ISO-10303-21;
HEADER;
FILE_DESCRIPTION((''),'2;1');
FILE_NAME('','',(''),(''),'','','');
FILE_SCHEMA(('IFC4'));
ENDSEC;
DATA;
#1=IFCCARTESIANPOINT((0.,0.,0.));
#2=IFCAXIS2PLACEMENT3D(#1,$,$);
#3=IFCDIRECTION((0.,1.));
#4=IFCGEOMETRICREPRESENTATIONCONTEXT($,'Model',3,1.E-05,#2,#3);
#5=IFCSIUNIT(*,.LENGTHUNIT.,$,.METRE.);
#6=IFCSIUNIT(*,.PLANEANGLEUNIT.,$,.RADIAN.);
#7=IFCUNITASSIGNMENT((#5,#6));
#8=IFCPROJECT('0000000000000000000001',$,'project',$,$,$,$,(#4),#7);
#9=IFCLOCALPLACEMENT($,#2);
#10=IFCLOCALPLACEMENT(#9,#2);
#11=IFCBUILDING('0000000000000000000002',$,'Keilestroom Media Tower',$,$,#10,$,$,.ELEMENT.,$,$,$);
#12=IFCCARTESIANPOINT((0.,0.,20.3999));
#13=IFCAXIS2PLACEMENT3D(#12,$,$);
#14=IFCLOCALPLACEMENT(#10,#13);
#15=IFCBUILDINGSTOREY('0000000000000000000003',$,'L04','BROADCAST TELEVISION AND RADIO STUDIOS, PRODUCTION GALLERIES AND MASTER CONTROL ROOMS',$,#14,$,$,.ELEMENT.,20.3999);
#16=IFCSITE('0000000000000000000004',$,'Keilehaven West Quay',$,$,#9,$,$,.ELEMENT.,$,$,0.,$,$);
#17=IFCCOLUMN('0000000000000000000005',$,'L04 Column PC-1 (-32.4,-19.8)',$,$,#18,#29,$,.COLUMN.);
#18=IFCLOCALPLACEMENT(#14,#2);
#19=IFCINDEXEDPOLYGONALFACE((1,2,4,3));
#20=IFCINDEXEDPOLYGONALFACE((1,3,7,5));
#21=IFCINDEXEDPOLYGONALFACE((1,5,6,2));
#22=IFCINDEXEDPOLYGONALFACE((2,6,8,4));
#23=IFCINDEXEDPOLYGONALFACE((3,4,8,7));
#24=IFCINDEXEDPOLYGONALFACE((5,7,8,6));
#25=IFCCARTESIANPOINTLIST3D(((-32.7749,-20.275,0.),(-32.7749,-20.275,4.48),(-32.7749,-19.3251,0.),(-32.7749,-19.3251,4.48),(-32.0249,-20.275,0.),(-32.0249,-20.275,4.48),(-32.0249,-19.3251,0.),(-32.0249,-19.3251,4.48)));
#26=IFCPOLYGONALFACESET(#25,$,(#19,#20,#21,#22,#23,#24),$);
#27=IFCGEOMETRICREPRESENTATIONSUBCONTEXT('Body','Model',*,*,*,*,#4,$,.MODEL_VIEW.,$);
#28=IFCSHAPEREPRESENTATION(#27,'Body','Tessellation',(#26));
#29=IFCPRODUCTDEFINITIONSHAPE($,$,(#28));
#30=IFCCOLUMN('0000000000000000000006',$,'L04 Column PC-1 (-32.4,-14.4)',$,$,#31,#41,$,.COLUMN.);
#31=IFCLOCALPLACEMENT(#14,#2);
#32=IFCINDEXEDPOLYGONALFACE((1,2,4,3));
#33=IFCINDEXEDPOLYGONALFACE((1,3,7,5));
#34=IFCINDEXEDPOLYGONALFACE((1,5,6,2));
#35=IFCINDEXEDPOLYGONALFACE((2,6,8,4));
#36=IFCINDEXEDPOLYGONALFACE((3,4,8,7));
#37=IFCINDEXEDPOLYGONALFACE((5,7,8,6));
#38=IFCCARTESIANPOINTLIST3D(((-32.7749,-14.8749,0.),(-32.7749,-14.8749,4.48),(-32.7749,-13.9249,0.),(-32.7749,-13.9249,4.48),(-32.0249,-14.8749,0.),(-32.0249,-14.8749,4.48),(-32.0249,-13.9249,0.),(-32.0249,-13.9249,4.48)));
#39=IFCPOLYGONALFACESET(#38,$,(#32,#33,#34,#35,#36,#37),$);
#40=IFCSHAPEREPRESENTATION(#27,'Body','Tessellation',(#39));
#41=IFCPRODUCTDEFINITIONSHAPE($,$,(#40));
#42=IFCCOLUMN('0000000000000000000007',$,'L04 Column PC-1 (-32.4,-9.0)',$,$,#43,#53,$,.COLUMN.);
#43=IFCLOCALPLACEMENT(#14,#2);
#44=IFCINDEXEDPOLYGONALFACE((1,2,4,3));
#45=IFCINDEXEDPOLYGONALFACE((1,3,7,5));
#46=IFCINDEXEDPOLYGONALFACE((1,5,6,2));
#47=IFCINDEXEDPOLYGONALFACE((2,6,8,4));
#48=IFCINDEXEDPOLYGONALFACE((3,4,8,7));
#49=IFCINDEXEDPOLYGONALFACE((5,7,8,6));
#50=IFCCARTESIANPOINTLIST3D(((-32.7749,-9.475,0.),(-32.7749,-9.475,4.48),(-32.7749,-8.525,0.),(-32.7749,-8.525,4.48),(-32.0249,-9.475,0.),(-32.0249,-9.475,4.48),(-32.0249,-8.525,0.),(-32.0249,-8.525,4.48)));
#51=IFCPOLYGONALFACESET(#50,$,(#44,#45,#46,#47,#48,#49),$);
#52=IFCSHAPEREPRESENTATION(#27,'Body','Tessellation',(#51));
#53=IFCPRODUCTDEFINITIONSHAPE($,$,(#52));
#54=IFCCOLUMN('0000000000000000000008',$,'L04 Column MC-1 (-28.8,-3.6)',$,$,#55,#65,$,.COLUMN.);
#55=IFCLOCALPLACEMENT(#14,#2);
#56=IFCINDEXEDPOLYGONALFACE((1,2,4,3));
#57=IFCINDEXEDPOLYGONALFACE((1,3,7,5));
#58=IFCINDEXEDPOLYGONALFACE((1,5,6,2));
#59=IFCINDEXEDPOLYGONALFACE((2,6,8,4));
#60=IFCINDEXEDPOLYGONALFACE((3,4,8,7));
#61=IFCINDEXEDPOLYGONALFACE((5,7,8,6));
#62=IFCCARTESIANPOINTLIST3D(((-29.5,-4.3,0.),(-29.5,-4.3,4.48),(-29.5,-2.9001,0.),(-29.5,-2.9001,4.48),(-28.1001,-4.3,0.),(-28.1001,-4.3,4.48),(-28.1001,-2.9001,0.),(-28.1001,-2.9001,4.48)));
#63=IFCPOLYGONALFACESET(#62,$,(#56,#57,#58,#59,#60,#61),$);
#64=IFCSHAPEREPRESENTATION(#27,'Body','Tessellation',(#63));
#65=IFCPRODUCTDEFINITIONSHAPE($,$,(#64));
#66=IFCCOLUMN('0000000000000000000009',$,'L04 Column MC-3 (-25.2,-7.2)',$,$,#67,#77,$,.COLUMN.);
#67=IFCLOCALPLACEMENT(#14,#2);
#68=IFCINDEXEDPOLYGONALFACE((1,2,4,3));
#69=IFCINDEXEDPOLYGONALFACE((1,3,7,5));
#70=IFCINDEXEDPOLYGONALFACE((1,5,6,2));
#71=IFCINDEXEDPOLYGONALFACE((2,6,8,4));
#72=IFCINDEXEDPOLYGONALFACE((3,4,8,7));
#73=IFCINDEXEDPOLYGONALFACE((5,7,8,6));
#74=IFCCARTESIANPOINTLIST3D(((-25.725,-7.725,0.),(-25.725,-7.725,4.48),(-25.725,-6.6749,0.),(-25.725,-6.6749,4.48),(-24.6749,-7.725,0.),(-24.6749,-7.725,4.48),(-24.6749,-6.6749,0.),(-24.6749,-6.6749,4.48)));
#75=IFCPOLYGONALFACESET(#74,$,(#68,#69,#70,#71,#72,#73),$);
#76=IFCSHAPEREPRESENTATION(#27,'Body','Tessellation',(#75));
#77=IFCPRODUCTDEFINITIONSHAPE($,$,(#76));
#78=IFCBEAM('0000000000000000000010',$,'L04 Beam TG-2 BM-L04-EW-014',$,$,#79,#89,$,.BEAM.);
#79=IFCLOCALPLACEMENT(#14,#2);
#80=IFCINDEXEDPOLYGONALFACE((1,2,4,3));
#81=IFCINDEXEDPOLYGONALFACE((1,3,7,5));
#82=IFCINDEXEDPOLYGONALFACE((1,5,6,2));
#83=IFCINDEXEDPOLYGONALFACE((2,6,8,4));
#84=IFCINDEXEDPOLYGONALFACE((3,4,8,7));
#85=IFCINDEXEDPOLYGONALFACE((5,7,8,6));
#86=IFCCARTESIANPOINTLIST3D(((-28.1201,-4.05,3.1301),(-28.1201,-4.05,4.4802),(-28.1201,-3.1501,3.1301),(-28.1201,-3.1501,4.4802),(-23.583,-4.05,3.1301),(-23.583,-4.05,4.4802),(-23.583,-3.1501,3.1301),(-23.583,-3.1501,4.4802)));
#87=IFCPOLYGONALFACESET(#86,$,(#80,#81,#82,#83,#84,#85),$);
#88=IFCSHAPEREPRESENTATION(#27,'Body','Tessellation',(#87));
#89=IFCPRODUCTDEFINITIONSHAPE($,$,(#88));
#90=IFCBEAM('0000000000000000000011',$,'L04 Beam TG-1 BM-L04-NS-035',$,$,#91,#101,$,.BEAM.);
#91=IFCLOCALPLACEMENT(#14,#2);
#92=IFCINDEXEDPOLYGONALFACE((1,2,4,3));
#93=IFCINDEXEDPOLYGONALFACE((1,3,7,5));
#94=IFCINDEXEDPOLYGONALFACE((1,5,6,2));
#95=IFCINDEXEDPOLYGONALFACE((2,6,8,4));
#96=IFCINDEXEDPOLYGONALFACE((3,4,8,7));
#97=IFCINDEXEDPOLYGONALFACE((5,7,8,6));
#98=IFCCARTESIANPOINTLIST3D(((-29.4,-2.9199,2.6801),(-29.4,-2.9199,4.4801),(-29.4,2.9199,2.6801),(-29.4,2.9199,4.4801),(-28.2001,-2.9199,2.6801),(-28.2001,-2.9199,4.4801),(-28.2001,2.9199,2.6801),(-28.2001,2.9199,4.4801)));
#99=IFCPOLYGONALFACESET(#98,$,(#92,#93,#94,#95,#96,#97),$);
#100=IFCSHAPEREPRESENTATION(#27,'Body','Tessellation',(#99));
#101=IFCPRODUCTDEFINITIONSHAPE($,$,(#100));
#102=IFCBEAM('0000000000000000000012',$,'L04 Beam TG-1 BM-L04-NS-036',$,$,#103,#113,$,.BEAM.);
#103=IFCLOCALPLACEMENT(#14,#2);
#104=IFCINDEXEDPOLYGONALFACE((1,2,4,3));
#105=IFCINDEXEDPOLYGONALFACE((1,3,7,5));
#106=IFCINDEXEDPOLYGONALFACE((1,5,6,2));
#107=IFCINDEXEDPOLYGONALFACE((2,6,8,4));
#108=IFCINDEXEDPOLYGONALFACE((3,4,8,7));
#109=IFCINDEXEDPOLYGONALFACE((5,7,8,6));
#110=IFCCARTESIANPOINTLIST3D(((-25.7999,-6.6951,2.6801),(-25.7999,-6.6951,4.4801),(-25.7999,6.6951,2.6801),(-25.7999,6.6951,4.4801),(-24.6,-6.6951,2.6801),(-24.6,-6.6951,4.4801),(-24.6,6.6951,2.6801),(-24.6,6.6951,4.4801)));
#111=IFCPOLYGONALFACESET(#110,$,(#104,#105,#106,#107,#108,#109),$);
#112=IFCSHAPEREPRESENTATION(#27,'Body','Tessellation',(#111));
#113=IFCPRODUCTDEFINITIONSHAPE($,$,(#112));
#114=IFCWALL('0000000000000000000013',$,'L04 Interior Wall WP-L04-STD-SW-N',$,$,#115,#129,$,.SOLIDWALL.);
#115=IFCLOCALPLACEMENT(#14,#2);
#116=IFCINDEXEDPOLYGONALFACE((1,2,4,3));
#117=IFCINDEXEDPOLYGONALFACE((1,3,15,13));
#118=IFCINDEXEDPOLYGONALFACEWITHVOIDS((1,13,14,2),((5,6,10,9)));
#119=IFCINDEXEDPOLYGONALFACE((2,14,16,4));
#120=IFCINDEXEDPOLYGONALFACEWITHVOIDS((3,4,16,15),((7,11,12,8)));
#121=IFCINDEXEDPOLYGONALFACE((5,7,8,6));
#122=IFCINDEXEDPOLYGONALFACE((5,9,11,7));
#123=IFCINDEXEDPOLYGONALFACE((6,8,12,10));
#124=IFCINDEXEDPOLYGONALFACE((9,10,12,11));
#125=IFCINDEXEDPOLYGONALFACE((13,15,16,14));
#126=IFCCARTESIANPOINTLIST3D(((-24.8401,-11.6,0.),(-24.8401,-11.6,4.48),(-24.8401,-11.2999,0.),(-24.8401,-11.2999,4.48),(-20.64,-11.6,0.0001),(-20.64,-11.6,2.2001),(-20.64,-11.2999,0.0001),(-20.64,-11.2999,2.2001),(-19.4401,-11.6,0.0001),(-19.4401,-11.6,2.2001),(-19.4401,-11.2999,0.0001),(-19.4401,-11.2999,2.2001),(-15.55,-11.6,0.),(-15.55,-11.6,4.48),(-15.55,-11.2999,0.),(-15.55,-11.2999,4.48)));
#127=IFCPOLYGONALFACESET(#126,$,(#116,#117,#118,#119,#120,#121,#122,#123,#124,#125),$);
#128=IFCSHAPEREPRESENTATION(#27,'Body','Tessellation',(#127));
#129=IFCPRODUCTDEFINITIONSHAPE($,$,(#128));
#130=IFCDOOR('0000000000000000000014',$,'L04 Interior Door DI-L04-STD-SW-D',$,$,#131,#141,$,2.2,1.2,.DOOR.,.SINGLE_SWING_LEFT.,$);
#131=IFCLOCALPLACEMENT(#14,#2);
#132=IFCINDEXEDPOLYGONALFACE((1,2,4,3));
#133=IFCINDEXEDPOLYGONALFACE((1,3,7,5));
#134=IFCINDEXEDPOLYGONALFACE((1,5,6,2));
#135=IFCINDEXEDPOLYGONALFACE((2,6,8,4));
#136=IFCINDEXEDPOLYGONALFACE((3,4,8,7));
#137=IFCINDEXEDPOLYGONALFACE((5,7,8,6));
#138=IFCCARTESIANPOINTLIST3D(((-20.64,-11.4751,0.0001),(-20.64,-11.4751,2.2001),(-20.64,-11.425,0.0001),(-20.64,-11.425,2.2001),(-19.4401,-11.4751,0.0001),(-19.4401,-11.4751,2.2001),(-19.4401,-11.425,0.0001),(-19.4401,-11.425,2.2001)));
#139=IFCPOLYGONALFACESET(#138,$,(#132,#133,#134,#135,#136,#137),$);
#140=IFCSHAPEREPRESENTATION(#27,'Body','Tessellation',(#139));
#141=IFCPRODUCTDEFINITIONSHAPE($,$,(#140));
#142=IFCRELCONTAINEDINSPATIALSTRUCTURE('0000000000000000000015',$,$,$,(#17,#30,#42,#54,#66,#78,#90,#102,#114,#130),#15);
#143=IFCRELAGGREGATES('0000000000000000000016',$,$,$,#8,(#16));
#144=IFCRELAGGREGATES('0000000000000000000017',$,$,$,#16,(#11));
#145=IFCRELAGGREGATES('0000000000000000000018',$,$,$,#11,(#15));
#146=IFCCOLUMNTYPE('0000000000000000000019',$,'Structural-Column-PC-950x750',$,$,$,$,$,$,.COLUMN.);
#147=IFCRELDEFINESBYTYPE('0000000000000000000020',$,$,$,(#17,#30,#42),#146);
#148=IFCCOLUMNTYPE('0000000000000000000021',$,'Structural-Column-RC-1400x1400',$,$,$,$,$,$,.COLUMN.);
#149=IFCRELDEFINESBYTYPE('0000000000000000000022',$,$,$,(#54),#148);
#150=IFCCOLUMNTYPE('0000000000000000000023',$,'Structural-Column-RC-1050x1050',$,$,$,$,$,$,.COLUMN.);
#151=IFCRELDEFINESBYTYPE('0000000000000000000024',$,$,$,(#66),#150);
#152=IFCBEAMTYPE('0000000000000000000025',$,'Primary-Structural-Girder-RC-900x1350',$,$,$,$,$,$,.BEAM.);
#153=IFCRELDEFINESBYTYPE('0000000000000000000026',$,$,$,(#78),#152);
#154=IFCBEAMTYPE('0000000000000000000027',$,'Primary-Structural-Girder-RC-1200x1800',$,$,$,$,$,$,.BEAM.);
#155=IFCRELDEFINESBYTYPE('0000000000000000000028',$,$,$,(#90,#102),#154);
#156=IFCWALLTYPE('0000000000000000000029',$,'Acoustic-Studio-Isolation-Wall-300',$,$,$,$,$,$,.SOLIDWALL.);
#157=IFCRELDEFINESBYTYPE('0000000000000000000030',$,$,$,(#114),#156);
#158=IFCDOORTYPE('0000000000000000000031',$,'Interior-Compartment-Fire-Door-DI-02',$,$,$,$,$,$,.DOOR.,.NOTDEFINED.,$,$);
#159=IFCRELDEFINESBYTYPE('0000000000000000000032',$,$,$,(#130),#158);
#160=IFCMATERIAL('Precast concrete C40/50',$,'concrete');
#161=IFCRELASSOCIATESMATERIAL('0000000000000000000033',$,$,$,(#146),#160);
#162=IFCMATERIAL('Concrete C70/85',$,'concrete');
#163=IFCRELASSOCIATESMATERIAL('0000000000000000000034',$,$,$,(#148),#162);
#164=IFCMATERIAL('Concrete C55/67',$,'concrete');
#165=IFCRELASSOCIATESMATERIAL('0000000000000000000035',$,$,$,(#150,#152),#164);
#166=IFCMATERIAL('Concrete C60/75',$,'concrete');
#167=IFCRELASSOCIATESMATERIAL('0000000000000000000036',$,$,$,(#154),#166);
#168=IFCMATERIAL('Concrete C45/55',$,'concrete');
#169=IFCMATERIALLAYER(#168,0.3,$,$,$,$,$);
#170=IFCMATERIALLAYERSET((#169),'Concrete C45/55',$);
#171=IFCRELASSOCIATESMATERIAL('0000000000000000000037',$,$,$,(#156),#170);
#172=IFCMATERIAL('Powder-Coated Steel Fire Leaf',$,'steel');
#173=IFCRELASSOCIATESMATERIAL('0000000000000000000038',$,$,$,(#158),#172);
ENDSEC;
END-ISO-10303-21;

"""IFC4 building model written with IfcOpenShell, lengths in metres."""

from ifc_helpers import new_model, si_unit, direction, frame, frame_2d, origin, origin_2d, place, context, subcontext, project, spatial, rectangle, extrude, source, transform, mapped, material, layer, layer_set, material_profile, profile_set, type_object, element, fill, save


model = new_model("IFC4")

# Units and contexts
model_context = context("Model", 3, precision=1e-05, world=origin(), true_north=direction((0.0, 1.0)))
body_context = subcontext(model_context, "Body", "Model", "MODEL_VIEW")
ifc_project = project(units=[si_unit("LENGTHUNIT", "METRE"), si_unit("PLANEANGLEUNIT", "RADIAN")], contexts=[model_context])

# Site, building, storey
site_placement = place(None, origin())
site = spatial("IfcSite", under=ifc_project, at=site_placement, Name="Keilehaven West Quay", CompositionType="ELEMENT", RefElevation=0.0)
building_placement = place(site_placement, origin())
building = spatial("IfcBuilding", under=site, at=building_placement, Name="Keilestroom Media Tower", CompositionType="ELEMENT")
storey_placement = place(building_placement, frame((0.0, 0.0, 20.3999)))
storey = spatial("IfcBuildingStorey", under=building, at=storey_placement, Name="L04", Description="BROADCAST TELEVISION AND RADIO STUDIOS, PRODUCTION GALLERIES AND MASTER CONTROL ROOMS", CompositionType="ELEMENT", Elevation=20.3999)

# Columns
ifc_material_1 = material(Name="Precast concrete C40/50", Category="concrete")
ifc_material_profile_1 = material_profile(ifc_material_1, rectangle(XDim=0.75, YDim=0.95, at=origin_2d()), Name="PC 950x750")
ifc_profile_set_1 = profile_set([ifc_material_profile_1], Name="Precast concrete C40/50")
column_type_1 = type_object("IfcColumnType", Name="Structural-Column-PC-950x750", PredefinedType="COLUMN", material=ifc_profile_set_1)
shared_shape_1 = source(origin(), body_context, "Body", "SweptSolid", [
    extrude(rectangle(XDim=0.75, YDim=0.95, at=origin_2d()), origin(), (0.0, 0.0, 1.0), 4.48),
])
for number, where, z_axis, x_axis, name in (
    (1, (-32.3999, -19.8, 0.0), (0.0, 0.0, 1.0), (1.0, 0.0, 0.0), "L04 Column PC-1 (-32.4,-19.8)"),
    (2, (-32.3999, -14.3999, 0.0), (0.0, 0.0, 1.0), (1.0, 0.0, 0.0), "L04 Column PC-1 (-32.4,-14.4)"),
    (3, (-32.3999, -9.0, 0.0), (0.0, 0.0, 1.0), (1.0, 0.0, 0.0), "L04 Column PC-1 (-32.4,-9.0)"),
):
    element("IfcColumn", number, at=place(storey_placement, frame(where, z_axis=z_axis, x_axis=x_axis)), inside=storey, type_object=column_type_1, Name=name, PredefinedType="COLUMN", context=body_context, shape_type="MappedRepresentation", body=[
        mapped(shared_shape_1, transform((0.0, 0.0, 0.0), x_axis=(1.0, 0.0, 0.0), y_axis=(0.0, 1.0, 0.0), z_axis=(0.0, 0.0, 1.0), scale=1.0)),
    ])
ifc_material_2 = material(Name="Concrete C70/85", Category="concrete")
ifc_material_profile_2 = material_profile(ifc_material_2, rectangle(XDim=1.3999, YDim=1.3999, at=origin_2d()), Name="RC 1400x1400")
ifc_profile_set_2 = profile_set([ifc_material_profile_2], Name="Concrete C70/85")
column_type_2 = type_object("IfcColumnType", Name="Structural-Column-RC-1400x1400", PredefinedType="COLUMN", material=ifc_profile_set_2)
shared_shape_2 = source(origin(), body_context, "Body", "SweptSolid", [
    extrude(rectangle(XDim=1.3999, YDim=1.3999, at=origin_2d()), origin(), (0.0, 0.0, 1.0), 4.48),
])
column_1_placement = place(storey_placement, frame((-28.8, -3.6001, 0.0), z_axis=(0.0, 0.0, 1.0), x_axis=(1.0, 0.0, 0.0)))
element("IfcColumn", 4, at=column_1_placement, inside=storey, type_object=column_type_2, Name="L04 Column MC-1 (-28.8,-3.6)", PredefinedType="COLUMN", context=body_context, shape_type="MappedRepresentation", body=[
    mapped(shared_shape_2, transform((0.0, 0.0, 0.0), x_axis=(1.0, 0.0, 0.0), y_axis=(0.0, 1.0, 0.0), z_axis=(0.0, 0.0, 1.0), scale=1.0)),
])
ifc_material_3 = material(Name="Concrete C55/67", Category="concrete")
ifc_material_profile_3 = material_profile(ifc_material_3, rectangle(XDim=1.05, YDim=1.05, at=origin_2d()), Name="RC 1050x1050")
ifc_profile_set_3 = profile_set([ifc_material_profile_3], Name="Concrete C55/67")
column_type_3 = type_object("IfcColumnType", Name="Structural-Column-RC-1050x1050", PredefinedType="COLUMN", material=ifc_profile_set_3)
shared_shape_3 = source(origin(), body_context, "Body", "SweptSolid", [
    extrude(rectangle(XDim=1.05, YDim=1.05, at=origin_2d()), origin(), (0.0, 0.0, 1.0), 4.48),
])
column_2_placement = place(storey_placement, frame((-25.2, -7.2, 0.0), z_axis=(0.0, 0.0, 1.0), x_axis=(1.0, 0.0, 0.0)))
element("IfcColumn", 5, at=column_2_placement, inside=storey, type_object=column_type_3, Name="L04 Column MC-3 (-25.2,-7.2)", PredefinedType="COLUMN", context=body_context, shape_type="MappedRepresentation", body=[
    mapped(shared_shape_3, transform((0.0, 0.0, 0.0), x_axis=(1.0, 0.0, 0.0), y_axis=(0.0, 1.0, 0.0), z_axis=(0.0, 0.0, 1.0), scale=1.0)),
])

# Beams
ifc_material_profile_4 = material_profile(ifc_material_3, rectangle(XDim=0.8999, YDim=1.3501, at=origin_2d()), Name="RC 900x1350")
ifc_profile_set_4 = profile_set([ifc_material_profile_4], Name="Concrete C55/67")
beam_type_1 = type_object("IfcBeamType", Name="Primary-Structural-Girder-RC-900x1350", PredefinedType="BEAM", material=ifc_profile_set_4)
shared_shape_4 = source(origin(), body_context, "Body", "SweptSolid", [
    extrude(rectangle(XDim=0.8999, YDim=1.3501, at=origin_2d()), origin(), (0.0, 0.0, 1.0), 4.5371),
])
beam_1_placement = place(storey_placement, frame((-28.1201, -3.6001, 3.8052), z_axis=(1.0, 0.0, 0.0), x_axis=(0.0, 1.0, 0.0)))
element("IfcBeam", 6, at=beam_1_placement, inside=storey, type_object=beam_type_1, Name="L04 Beam TG-2 BM-L04-EW-014", PredefinedType="BEAM", context=body_context, shape_type="MappedRepresentation", body=[
    mapped(shared_shape_4, transform((0.0, 0.0, 0.0), x_axis=(1.0, 0.0, 0.0), y_axis=(0.0, 1.0, 0.0), z_axis=(0.0, 0.0, 1.0), scale=1.0)),
])
ifc_material_4 = material(Name="Concrete C60/75", Category="concrete")
ifc_material_profile_5 = material_profile(ifc_material_4, rectangle(XDim=1.2, YDim=1.8, at=origin_2d()), Name="RC 1200x1800")
ifc_profile_set_5 = profile_set([ifc_material_profile_5], Name="Concrete C60/75")
beam_type_2 = type_object("IfcBeamType", Name="Primary-Structural-Girder-RC-1200x1800", PredefinedType="BEAM", material=ifc_profile_set_5)
shared_shape_5 = source(origin(), body_context, "Body", "SweptSolid", [
    extrude(rectangle(XDim=1.2, YDim=1.8, at=origin_2d()), origin(), (0.0, 0.0, 1.0), 5.8398),
])
beam_2_placement = place(storey_placement, frame((-28.8, -2.9199, 3.5801), z_axis=(0.0, 1.0, 0.0), x_axis=(-1.0, 0.0, 0.0)))
element("IfcBeam", 7, at=beam_2_placement, inside=storey, type_object=beam_type_2, Name="L04 Beam TG-1 BM-L04-NS-035", PredefinedType="BEAM", context=body_context, shape_type="MappedRepresentation", body=[
    mapped(shared_shape_5, transform((0.0, 0.0, 0.0), x_axis=(1.0, 0.0, 0.0), y_axis=(0.0, 1.0, 0.0), z_axis=(0.0, 0.0, 1.0), scale=1.0)),
])
shared_shape_6 = source(origin(), body_context, "Body", "SweptSolid", [
    extrude(rectangle(XDim=1.2, YDim=1.8, at=origin_2d()), origin(), (0.0, 0.0, 1.0), 13.3901),
])
beam_3_placement = place(storey_placement, frame((-25.2, -6.6951, 3.5801), z_axis=(0.0, 1.0, 0.0), x_axis=(-1.0, 0.0, 0.0)))
element("IfcBeam", 8, at=beam_3_placement, inside=storey, type_object=beam_type_2, Name="L04 Beam TG-1 BM-L04-NS-036", PredefinedType="BEAM", context=body_context, shape_type="MappedRepresentation", body=[
    mapped(shared_shape_6, transform((0.0, 0.0, 0.0), x_axis=(1.0, 0.0, 0.0), y_axis=(0.0, 1.0, 0.0), z_axis=(0.0, 0.0, 1.0), scale=1.0)),
])

# Wall, opening, door
ifc_material_5 = material(Name="Concrete C45/55", Category="concrete")
ifc_layer_1 = layer(ifc_material_5, 0.3)
ifc_layer_set_1 = layer_set([ifc_layer_1], Name="Concrete C45/55")
wall_type_1 = type_object("IfcWallType", Name="Acoustic-Studio-Isolation-Wall-300", PredefinedType="SOLIDWALL", material=ifc_layer_set_1)
wall_1_placement = place(storey_placement, frame((-24.8401, -11.45, 0.0), z_axis=(0.0, 0.0, 1.0), x_axis=(1.0, 0.0, 0.0)))
wall_1 = element("IfcWall", 9, at=wall_1_placement, inside=storey, type_object=wall_type_1, Name="L04 Interior Wall WP-L04-STD-SW-N", PredefinedType="SOLIDWALL", context=body_context, shape_type="SweptSolid", body=[
    extrude(rectangle(XDim=9.29, YDim=0.3, at=frame_2d((4.645, 0.0))), origin(), (0.0, 0.0, 1.0), 4.48),
])
opening_1_placement = place(wall_1_placement, frame((4.2, 0.0, 0.0)))
opening_1 = element("IfcOpeningElement", 10, at=opening_1_placement, cuts=wall_1, PredefinedType="OPENING", context=body_context, shape_type="SweptSolid", body=[
    extrude(rectangle(XDim=1.2, YDim=2.2, at=frame_2d((0.6001, 1.1001))), frame((0.0, 0.1602, 0.0), z_axis=(0.0, -1.0, 0.0), x_axis=(1.0, 0.0, 0.0)), (0.0, 0.0, 1.0), 0.3201),
])
ifc_material_6 = material(Name="Powder-Coated Steel Fire Leaf", Category="steel")
door_type_1 = type_object("IfcDoorType", Name="Interior-Compartment-Fire-Door-DI-02", OperationType="NOTDEFINED", PredefinedType="DOOR", material=ifc_material_6)
shared_shape_7 = source(origin(), body_context, "Body", "SweptSolid", [
    extrude(rectangle(XDim=1.2, YDim=2.2, at=frame_2d((0.6001, 1.1001))), frame((0.0, 0.0249, 0.0), z_axis=(0.0, -1.0, 0.0), x_axis=(1.0, 0.0, 0.0)), (0.0, 0.0, 1.0), 0.05),
])
door_1_placement = place(opening_1_placement, origin())
door_1 = element("IfcDoor", 11, at=door_1_placement, inside=storey, type_object=door_type_1, Name="L04 Interior Door DI-L04-STD-SW-D", OperationType="SINGLE_SWING_LEFT", OverallHeight=2.2, OverallWidth=1.2, PredefinedType="DOOR", context=body_context, shape_type="MappedRepresentation", body=[
    mapped(shared_shape_7, transform((0.0, 0.0, 0.0), x_axis=(1.0, 0.0, 0.0), y_axis=(0.0, 1.0, 0.0), z_axis=(0.0, 0.0, 1.0), scale=1.0)),
])
fill(opening_1, door_1)

save(model, "model.ifc")
